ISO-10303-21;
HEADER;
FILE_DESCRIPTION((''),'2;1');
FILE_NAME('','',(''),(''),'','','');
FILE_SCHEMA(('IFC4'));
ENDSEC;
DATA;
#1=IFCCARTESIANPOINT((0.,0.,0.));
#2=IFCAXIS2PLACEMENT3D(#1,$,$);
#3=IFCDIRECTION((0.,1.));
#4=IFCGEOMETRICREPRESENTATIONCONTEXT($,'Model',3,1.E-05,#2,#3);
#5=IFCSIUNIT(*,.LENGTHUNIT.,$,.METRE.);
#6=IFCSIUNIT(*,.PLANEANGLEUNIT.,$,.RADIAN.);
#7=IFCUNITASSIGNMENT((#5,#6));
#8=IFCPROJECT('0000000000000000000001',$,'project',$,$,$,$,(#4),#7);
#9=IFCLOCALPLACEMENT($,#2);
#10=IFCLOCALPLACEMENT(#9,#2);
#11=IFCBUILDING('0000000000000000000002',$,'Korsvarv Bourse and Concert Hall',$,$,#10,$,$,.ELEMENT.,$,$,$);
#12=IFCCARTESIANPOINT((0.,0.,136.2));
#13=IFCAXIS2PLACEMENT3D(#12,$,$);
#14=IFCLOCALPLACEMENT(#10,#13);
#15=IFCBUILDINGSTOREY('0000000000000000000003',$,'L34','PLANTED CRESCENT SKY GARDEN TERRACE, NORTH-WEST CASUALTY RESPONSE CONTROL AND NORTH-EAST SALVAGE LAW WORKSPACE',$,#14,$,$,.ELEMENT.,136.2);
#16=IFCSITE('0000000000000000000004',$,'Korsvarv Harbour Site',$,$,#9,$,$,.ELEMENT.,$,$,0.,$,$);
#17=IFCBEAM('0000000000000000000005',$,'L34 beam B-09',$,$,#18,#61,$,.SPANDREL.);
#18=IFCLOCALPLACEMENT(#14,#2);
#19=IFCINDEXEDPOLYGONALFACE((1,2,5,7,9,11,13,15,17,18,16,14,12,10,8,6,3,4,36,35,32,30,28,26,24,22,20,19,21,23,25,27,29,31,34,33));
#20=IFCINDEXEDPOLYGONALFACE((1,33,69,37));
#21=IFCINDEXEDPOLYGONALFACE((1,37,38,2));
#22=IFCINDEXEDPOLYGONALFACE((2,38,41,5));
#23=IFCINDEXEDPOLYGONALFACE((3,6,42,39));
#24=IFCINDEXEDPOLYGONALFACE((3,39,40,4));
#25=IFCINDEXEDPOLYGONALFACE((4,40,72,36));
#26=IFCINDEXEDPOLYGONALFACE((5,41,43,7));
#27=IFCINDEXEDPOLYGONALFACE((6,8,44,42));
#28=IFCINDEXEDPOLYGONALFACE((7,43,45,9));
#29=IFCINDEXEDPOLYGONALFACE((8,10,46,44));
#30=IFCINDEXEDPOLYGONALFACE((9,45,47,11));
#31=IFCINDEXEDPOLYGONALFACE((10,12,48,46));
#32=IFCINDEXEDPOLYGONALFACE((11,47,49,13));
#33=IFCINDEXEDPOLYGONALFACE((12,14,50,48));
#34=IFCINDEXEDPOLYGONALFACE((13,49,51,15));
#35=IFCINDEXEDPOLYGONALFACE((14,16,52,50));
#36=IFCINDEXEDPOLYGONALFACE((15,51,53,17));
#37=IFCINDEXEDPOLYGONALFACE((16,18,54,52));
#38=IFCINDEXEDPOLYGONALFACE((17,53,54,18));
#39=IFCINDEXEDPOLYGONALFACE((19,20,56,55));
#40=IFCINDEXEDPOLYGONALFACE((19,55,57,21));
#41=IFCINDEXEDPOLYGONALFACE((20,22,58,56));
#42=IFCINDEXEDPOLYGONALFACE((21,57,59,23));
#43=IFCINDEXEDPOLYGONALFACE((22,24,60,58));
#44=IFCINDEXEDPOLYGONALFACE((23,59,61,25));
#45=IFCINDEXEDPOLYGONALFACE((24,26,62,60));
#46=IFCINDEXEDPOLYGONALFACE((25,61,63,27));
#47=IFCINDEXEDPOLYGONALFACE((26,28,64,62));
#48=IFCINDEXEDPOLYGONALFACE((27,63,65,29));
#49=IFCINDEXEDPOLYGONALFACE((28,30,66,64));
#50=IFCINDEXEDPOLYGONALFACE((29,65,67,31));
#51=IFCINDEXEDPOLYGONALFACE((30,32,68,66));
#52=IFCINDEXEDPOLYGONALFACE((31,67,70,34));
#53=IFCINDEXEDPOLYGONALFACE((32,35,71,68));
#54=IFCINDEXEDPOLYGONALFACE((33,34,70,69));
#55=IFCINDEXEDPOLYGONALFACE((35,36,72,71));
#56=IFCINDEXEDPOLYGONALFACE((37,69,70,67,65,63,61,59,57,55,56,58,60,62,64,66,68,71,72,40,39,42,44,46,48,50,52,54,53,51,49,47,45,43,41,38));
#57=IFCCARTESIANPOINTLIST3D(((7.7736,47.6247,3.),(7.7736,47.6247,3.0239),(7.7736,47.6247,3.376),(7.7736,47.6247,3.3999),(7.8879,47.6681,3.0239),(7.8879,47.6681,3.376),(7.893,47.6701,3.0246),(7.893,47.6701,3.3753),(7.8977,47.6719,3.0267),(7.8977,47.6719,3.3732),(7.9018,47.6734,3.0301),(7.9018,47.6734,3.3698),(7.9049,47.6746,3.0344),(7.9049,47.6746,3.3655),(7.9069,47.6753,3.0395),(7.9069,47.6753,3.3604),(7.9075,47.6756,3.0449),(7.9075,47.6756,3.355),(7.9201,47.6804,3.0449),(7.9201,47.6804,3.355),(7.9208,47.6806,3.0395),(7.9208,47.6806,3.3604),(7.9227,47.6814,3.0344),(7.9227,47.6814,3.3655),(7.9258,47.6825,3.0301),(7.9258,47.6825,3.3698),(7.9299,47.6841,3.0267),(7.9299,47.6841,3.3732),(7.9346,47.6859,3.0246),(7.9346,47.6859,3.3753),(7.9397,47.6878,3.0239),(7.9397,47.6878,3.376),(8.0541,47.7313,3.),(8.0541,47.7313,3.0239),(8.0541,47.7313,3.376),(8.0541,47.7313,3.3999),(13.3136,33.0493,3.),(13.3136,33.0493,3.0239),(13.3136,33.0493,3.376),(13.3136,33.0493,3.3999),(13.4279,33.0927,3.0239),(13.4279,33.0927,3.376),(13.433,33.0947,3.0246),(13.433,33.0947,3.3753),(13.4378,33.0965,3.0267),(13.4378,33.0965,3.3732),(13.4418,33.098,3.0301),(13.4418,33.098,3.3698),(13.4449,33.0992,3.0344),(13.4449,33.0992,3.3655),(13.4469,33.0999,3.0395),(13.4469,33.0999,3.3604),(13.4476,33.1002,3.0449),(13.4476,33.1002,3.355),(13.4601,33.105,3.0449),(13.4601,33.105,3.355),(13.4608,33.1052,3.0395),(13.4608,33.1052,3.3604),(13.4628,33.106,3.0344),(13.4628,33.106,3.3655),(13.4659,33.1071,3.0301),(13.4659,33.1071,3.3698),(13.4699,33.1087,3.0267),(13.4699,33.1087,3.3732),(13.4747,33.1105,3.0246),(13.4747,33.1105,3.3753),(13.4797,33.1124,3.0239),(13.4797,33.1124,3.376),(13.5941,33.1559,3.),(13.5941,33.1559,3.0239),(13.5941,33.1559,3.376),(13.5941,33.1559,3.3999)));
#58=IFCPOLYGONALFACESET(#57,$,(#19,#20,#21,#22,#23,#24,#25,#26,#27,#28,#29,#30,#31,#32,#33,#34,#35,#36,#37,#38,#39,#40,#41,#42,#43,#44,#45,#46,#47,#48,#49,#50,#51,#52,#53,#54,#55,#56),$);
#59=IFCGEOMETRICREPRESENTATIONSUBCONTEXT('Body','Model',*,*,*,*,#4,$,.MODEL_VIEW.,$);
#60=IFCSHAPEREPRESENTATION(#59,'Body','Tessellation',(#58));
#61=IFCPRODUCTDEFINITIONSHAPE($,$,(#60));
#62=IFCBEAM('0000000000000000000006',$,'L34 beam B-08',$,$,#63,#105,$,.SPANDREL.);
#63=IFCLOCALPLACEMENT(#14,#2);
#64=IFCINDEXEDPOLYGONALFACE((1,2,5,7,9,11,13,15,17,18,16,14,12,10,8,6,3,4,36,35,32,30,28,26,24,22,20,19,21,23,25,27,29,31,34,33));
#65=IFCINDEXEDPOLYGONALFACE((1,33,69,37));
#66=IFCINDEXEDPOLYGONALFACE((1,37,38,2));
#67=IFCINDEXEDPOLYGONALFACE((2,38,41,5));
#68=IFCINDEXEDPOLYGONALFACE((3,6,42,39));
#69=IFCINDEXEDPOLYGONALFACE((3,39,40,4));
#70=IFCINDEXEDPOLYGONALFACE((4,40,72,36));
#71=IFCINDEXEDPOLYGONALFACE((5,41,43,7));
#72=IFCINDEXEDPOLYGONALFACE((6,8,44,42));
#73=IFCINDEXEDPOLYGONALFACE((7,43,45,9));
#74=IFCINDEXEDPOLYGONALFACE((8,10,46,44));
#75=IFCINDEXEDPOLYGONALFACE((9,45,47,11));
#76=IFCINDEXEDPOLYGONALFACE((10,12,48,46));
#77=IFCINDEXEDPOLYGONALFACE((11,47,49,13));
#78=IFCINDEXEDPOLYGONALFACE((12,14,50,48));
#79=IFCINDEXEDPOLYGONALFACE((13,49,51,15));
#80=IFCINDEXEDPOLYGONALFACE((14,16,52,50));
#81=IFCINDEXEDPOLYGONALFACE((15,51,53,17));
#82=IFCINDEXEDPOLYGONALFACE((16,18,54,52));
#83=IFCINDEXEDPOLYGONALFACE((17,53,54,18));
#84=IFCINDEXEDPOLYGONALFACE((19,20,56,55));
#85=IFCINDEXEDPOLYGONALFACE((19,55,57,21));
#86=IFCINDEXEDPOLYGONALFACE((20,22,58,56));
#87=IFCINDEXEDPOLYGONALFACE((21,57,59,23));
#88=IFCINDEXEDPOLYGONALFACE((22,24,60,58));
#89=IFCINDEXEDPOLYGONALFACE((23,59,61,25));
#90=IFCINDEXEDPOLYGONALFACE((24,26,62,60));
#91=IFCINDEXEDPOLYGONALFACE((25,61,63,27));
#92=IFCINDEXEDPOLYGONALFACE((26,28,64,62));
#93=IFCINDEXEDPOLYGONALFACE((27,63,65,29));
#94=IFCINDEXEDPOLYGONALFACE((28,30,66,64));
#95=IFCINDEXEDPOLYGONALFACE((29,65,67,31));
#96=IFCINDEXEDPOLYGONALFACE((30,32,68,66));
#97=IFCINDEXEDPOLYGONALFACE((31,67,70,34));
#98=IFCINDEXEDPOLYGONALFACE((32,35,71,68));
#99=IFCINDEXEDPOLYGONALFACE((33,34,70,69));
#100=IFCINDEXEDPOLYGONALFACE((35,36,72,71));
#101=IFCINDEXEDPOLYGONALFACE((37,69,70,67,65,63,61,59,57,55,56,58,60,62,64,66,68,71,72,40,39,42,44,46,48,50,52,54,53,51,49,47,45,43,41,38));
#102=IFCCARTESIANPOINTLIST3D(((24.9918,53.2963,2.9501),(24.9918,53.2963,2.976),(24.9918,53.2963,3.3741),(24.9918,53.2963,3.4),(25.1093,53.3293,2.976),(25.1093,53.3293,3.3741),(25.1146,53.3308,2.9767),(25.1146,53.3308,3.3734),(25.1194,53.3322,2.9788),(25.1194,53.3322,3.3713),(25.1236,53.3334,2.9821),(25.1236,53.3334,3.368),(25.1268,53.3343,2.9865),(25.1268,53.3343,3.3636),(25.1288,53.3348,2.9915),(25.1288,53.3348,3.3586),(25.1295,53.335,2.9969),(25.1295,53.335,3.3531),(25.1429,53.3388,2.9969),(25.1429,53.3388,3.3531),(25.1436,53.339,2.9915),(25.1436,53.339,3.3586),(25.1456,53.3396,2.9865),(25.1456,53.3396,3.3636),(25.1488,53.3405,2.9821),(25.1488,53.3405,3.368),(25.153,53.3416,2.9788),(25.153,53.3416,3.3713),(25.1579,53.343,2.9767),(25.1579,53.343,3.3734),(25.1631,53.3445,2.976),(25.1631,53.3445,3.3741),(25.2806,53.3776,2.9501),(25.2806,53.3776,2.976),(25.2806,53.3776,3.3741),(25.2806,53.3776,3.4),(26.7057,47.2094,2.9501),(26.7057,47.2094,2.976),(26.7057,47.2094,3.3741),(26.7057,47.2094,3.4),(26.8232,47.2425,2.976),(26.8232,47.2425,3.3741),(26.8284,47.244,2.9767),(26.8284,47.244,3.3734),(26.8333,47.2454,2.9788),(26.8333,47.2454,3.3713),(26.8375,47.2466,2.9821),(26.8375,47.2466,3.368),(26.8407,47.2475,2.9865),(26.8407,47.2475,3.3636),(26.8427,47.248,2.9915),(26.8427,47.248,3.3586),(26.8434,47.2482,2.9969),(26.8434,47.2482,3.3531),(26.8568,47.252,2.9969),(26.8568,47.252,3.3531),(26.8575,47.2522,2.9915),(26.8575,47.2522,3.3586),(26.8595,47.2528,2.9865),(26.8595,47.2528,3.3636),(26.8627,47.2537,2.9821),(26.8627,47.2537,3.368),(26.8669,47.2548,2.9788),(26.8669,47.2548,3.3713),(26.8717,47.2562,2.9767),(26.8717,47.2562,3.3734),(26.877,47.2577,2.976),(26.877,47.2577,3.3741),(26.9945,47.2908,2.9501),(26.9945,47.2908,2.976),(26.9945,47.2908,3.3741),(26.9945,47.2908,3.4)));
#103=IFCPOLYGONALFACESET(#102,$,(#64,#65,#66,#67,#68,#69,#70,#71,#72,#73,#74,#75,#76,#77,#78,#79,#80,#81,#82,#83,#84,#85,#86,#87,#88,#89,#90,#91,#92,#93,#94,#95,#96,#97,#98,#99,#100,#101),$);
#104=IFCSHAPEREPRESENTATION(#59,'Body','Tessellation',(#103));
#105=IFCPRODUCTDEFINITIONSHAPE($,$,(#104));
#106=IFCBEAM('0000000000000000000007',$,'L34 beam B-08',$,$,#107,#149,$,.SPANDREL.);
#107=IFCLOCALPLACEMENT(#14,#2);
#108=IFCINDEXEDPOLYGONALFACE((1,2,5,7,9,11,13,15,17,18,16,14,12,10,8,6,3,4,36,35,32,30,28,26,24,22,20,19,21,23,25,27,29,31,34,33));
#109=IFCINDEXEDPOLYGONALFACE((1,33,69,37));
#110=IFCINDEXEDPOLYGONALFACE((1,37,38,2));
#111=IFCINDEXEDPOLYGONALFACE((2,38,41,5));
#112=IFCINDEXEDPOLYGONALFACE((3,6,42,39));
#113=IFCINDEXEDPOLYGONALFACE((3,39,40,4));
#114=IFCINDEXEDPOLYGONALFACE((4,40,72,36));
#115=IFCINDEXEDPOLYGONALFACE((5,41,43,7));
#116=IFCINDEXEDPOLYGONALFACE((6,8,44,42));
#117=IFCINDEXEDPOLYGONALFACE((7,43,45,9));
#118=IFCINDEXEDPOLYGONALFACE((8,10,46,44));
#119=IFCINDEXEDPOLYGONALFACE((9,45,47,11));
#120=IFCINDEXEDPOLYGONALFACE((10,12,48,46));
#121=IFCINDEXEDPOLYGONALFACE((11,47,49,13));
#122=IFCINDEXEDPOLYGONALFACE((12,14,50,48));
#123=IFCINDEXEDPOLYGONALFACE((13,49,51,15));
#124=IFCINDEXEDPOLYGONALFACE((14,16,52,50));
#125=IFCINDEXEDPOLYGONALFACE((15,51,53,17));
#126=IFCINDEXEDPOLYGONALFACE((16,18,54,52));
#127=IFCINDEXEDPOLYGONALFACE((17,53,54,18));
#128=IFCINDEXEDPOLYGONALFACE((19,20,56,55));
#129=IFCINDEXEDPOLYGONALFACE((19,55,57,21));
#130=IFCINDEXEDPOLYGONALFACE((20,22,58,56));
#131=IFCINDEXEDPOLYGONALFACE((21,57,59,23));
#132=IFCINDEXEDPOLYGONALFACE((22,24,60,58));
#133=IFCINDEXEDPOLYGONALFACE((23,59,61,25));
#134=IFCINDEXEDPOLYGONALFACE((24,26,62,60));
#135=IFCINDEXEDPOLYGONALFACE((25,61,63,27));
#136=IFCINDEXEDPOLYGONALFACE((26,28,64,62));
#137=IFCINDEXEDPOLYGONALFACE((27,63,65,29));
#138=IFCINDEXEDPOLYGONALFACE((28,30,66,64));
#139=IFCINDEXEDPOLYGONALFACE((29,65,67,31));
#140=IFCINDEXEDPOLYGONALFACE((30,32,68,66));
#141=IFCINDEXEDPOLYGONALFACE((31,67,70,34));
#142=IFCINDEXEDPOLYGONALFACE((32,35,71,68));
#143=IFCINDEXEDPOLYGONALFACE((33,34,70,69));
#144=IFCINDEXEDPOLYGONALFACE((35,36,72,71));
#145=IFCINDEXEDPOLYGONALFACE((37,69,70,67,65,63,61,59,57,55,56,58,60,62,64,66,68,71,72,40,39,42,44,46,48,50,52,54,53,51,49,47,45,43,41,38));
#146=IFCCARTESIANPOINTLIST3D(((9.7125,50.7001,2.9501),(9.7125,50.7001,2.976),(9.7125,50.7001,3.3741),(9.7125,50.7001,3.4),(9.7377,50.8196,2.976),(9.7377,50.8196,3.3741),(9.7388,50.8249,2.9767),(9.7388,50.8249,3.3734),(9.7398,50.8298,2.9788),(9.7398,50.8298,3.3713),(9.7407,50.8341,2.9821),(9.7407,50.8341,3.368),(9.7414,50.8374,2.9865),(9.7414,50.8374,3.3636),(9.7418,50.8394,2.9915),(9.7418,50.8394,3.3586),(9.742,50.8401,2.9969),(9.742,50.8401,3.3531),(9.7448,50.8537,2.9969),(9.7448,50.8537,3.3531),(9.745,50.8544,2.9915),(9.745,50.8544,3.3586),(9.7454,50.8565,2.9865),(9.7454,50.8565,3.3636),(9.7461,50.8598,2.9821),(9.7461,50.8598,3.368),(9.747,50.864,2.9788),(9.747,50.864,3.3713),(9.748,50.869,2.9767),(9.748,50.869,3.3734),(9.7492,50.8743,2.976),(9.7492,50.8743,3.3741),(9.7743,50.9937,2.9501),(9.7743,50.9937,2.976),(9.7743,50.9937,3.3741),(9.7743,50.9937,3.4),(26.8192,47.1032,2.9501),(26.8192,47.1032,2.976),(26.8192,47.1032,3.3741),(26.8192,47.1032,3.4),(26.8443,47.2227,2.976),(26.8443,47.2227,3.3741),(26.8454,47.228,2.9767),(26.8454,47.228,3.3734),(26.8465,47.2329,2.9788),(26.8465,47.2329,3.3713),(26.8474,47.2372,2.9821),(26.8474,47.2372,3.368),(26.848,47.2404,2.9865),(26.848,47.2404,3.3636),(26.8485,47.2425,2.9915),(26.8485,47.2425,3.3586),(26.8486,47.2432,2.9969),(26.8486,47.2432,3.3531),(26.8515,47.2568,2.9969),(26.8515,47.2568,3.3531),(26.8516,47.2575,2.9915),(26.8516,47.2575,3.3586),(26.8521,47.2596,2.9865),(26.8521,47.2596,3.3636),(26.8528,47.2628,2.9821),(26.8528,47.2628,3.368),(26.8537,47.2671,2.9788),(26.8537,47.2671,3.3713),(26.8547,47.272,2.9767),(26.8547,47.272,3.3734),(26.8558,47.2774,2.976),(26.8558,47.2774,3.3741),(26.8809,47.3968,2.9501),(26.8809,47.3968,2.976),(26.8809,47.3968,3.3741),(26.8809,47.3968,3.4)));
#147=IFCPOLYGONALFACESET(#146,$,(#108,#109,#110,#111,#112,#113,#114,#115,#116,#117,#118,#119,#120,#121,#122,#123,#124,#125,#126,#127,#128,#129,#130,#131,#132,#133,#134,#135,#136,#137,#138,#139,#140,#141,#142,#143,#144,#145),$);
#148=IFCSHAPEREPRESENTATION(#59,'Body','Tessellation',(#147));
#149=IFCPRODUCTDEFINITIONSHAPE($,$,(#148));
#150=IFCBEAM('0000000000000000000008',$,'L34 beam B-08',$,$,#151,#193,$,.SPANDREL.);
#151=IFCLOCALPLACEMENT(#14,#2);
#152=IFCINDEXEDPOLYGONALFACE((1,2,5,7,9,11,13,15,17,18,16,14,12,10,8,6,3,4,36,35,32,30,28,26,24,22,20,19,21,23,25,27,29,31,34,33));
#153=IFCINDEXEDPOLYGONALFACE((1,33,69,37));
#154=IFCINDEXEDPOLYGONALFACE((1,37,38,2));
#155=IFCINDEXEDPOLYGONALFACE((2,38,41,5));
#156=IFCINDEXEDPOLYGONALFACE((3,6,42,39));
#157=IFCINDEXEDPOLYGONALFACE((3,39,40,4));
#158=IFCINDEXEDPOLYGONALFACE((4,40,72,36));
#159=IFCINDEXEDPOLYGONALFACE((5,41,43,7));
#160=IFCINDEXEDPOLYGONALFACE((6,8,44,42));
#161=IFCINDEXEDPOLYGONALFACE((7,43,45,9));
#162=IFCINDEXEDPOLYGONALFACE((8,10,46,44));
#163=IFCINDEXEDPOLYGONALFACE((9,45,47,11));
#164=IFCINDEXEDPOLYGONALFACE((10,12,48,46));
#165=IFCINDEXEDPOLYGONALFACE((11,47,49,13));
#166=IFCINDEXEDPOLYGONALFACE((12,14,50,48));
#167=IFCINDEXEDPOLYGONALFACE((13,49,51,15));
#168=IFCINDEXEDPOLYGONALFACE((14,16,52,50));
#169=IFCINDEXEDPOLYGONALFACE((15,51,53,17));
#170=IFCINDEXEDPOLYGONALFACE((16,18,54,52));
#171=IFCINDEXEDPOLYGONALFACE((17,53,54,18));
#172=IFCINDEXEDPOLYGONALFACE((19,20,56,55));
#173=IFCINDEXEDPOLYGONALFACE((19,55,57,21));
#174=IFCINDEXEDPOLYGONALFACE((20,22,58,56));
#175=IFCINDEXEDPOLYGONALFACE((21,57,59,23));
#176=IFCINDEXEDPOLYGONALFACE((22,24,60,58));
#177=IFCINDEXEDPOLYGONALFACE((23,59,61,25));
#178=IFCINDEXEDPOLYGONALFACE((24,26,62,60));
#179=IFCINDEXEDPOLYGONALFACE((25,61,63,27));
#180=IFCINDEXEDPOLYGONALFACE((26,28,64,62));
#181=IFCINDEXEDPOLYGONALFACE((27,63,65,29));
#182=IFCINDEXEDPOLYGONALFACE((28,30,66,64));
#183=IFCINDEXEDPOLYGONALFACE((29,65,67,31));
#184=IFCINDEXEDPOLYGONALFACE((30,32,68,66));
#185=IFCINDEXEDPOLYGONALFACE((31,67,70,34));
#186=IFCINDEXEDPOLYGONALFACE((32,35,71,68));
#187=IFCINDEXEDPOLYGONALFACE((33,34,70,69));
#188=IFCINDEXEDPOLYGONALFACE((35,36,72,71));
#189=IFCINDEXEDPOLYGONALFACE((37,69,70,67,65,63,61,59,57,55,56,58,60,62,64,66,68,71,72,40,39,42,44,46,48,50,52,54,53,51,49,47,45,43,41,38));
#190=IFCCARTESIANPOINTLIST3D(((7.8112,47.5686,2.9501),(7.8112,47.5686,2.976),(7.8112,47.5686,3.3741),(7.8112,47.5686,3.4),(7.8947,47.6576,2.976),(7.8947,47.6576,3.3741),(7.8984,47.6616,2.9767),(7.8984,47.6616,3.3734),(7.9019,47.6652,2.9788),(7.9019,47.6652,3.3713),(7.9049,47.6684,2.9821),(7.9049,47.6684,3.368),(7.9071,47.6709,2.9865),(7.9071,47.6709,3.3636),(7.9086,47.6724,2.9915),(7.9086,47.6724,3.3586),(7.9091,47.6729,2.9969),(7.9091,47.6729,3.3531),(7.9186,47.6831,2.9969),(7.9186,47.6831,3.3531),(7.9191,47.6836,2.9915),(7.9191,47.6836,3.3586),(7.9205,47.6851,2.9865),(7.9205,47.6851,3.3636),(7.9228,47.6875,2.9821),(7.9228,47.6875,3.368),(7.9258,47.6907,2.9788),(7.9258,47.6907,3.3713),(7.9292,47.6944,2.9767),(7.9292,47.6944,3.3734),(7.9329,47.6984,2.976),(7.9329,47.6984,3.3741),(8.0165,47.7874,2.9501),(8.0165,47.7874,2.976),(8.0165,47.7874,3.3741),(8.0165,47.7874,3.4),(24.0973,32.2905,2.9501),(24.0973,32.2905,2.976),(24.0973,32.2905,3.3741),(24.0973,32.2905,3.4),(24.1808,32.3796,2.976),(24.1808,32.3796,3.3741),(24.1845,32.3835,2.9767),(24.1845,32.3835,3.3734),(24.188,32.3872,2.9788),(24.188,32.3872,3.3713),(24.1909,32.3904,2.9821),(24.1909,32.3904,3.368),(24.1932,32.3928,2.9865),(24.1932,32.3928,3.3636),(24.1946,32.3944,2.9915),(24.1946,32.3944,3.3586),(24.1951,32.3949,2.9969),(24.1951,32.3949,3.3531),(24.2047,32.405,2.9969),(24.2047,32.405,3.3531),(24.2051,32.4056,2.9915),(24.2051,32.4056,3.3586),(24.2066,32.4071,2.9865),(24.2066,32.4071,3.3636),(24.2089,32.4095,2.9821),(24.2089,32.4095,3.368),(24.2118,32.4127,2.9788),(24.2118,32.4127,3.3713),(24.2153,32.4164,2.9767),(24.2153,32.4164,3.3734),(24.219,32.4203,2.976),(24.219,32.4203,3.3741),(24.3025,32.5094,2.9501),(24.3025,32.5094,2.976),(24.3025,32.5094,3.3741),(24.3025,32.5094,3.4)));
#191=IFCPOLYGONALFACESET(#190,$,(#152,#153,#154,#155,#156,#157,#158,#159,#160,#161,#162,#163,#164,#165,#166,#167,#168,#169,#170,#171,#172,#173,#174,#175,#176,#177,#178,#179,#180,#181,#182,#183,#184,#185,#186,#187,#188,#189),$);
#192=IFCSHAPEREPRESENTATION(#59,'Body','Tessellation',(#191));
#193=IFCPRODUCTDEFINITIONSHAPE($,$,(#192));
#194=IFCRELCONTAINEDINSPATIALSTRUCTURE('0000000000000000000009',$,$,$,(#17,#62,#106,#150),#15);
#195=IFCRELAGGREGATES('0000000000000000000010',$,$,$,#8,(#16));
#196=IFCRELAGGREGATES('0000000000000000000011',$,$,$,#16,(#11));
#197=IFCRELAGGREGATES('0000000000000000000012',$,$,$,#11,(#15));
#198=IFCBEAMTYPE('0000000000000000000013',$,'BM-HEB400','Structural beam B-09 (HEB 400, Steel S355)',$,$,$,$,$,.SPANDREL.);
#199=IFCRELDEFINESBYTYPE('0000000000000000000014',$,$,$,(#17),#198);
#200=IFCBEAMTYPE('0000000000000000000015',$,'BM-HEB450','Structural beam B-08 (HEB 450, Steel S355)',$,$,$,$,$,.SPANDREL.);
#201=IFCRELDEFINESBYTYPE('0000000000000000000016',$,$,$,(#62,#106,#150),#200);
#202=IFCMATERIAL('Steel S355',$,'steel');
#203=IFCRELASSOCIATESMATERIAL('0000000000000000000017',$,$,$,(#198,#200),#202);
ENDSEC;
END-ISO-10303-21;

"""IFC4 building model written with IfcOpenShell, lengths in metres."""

from ifc_helpers import new_model, si_unit, direction, frame, origin, origin_2d, place, context, subcontext, project, spatial, i_section, extrude, source, transform, mapped, material, material_profile, profile_set, type_object, element, save


model = new_model("IFC4")

# Units and contexts
model_context = context("Model", 3, precision=1e-05, world=origin(), true_north=direction((0.0, 1.0)))
body_context = subcontext(model_context, "Body", "Model", "MODEL_VIEW")
ifc_project = project(units=[si_unit("LENGTHUNIT", "METRE"), si_unit("PLANEANGLEUNIT", "RADIAN")], contexts=[model_context])

# Site, building, storey
site_placement = place(None, origin())
site = spatial("IfcSite", under=ifc_project, at=site_placement, Name="Korsvarv Harbour Site", CompositionType="ELEMENT", RefElevation=0.0)
building_placement = place(site_placement, origin())
building = spatial("IfcBuilding", under=site, at=building_placement, Name="Korsvarv Bourse and Concert Hall", CompositionType="ELEMENT")
storey_placement = place(building_placement, frame((0.0, 0.0, 136.2)))
storey = spatial("IfcBuildingStorey", under=building, at=storey_placement, Name="L34", Description="PLANTED CRESCENT SKY GARDEN TERRACE, NORTH-WEST CASUALTY RESPONSE CONTROL AND NORTH-EAST SALVAGE LAW WORKSPACE", CompositionType="ELEMENT", Elevation=136.2)

# Shared definitions
ifc_material_1 = material(Name="Steel S355", Category="steel")

# Beams
ifc_material_profile_1 = material_profile(ifc_material_1, i_section(OverallWidth=0.3, OverallDepth=0.3999, WebThickness=0.0134, FlangeThickness=0.0239, FilletRadius=0.021, at=origin_2d()), Name="HEB 400")
ifc_profile_set_1 = profile_set([ifc_material_profile_1], Name="Steel S355")
beam_type_1 = type_object("IfcBeamType", Name="BM-HEB400", Description="Structural beam B-09 (HEB 400, Steel S355)", PredefinedType="SPANDREL", material=ifc_profile_set_1)
shared_shape_1 = source(origin(), body_context, "Body", "SweptSolid", [
    extrude(i_section(OverallWidth=0.3, OverallDepth=0.3999, WebThickness=0.0134, FlangeThickness=0.0239, FilletRadius=0.021, at=origin_2d()), origin(), (0.0, 0.0, 1.0), 15.5928),
])
beam_1_placement = place(storey_placement, frame((7.9138, 47.678, 3.2), z_axis=(0.355295, -0.934754, 0.0), x_axis=(0.934754, 0.355295, 0.0)))
element("IfcBeam", 1, at=beam_1_placement, inside=storey, type_object=beam_type_1, Name="L34 beam B-09", PredefinedType="SPANDREL", context=body_context, shape_type="MappedRepresentation", body=[
    mapped(shared_shape_1, transform((0.0, 0.0, 0.0), scale=1.0)),
])
ifc_material_profile_2 = material_profile(ifc_material_1, i_section(OverallWidth=0.3, OverallDepth=0.45, WebThickness=0.0139, FlangeThickness=0.0259, FilletRadius=0.021, at=origin_2d()), Name="HEB 450")
ifc_profile_set_2 = profile_set([ifc_material_profile_2], Name="Steel S355")
beam_type_2 = type_object("IfcBeamType", Name="BM-HEB450", Description="Structural beam B-08 (HEB 450, Steel S355)", PredefinedType="SPANDREL", material=ifc_profile_set_2)
shared_shape_2 = source(origin(), body_context, "Body", "SweptSolid", [
    extrude(i_section(OverallWidth=0.3, OverallDepth=0.45, WebThickness=0.0139, FlangeThickness=0.0259, FilletRadius=0.021, at=origin_2d()), origin(), (0.0, 0.0, 1.0), 6.3235),
])
beam_2_placement = place(storey_placement, frame((25.1362, 53.3369, 3.175), z_axis=(0.271027, -0.962572, 0.0), x_axis=(0.962572, 0.271027, 0.0)))
element("IfcBeam", 2, at=beam_2_placement, inside=storey, type_object=beam_type_2, Name="L34 beam B-08", PredefinedType="SPANDREL", context=body_context, shape_type="MappedRepresentation", body=[
    mapped(shared_shape_2, transform((0.0, 0.0, 0.0), scale=1.0)),
])
shared_shape_3 = source(origin(), body_context, "Body", "SweptSolid", [
    extrude(i_section(OverallWidth=0.3, OverallDepth=0.45, WebThickness=0.0139, FlangeThickness=0.0259, FilletRadius=0.021, at=origin_2d()), origin(), (0.0, 0.0, 1.0), 17.4807),
])
beam_3_placement = place(storey_placement, frame((9.7434, 50.8469, 3.175), z_axis=(0.978601, -0.205765, 0.0), x_axis=(0.205765, 0.978601, 0.0)))
element("IfcBeam", 3, at=beam_3_placement, inside=storey, type_object=beam_type_2, Name="L34 beam B-08", PredefinedType="SPANDREL", context=body_context, shape_type="MappedRepresentation", body=[
    mapped(shared_shape_3, transform((0.0, 0.0, 0.0), scale=1.0)),
])
shared_shape_4 = source(origin(), body_context, "Body", "SweptSolid", [
    extrude(i_section(OverallWidth=0.3, OverallDepth=0.45, WebThickness=0.0139, FlangeThickness=0.0259, FilletRadius=0.021, at=origin_2d()), origin(), (0.0, 0.0, 1.0), 22.3306),
])
beam_4_placement = place(storey_placement, frame((7.9138, 47.678, 3.175), z_axis=(0.729318, -0.684175, 0.0), x_axis=(0.684175, 0.729318, 0.0)))
element("IfcBeam", 4, at=beam_4_placement, inside=storey, type_object=beam_type_2, Name="L34 beam B-08", PredefinedType="SPANDREL", context=body_context, shape_type="MappedRepresentation", body=[
    mapped(shared_shape_4, transform((0.0, 0.0, 0.0), scale=1.0)),
])

save(model, "model.ifc")
